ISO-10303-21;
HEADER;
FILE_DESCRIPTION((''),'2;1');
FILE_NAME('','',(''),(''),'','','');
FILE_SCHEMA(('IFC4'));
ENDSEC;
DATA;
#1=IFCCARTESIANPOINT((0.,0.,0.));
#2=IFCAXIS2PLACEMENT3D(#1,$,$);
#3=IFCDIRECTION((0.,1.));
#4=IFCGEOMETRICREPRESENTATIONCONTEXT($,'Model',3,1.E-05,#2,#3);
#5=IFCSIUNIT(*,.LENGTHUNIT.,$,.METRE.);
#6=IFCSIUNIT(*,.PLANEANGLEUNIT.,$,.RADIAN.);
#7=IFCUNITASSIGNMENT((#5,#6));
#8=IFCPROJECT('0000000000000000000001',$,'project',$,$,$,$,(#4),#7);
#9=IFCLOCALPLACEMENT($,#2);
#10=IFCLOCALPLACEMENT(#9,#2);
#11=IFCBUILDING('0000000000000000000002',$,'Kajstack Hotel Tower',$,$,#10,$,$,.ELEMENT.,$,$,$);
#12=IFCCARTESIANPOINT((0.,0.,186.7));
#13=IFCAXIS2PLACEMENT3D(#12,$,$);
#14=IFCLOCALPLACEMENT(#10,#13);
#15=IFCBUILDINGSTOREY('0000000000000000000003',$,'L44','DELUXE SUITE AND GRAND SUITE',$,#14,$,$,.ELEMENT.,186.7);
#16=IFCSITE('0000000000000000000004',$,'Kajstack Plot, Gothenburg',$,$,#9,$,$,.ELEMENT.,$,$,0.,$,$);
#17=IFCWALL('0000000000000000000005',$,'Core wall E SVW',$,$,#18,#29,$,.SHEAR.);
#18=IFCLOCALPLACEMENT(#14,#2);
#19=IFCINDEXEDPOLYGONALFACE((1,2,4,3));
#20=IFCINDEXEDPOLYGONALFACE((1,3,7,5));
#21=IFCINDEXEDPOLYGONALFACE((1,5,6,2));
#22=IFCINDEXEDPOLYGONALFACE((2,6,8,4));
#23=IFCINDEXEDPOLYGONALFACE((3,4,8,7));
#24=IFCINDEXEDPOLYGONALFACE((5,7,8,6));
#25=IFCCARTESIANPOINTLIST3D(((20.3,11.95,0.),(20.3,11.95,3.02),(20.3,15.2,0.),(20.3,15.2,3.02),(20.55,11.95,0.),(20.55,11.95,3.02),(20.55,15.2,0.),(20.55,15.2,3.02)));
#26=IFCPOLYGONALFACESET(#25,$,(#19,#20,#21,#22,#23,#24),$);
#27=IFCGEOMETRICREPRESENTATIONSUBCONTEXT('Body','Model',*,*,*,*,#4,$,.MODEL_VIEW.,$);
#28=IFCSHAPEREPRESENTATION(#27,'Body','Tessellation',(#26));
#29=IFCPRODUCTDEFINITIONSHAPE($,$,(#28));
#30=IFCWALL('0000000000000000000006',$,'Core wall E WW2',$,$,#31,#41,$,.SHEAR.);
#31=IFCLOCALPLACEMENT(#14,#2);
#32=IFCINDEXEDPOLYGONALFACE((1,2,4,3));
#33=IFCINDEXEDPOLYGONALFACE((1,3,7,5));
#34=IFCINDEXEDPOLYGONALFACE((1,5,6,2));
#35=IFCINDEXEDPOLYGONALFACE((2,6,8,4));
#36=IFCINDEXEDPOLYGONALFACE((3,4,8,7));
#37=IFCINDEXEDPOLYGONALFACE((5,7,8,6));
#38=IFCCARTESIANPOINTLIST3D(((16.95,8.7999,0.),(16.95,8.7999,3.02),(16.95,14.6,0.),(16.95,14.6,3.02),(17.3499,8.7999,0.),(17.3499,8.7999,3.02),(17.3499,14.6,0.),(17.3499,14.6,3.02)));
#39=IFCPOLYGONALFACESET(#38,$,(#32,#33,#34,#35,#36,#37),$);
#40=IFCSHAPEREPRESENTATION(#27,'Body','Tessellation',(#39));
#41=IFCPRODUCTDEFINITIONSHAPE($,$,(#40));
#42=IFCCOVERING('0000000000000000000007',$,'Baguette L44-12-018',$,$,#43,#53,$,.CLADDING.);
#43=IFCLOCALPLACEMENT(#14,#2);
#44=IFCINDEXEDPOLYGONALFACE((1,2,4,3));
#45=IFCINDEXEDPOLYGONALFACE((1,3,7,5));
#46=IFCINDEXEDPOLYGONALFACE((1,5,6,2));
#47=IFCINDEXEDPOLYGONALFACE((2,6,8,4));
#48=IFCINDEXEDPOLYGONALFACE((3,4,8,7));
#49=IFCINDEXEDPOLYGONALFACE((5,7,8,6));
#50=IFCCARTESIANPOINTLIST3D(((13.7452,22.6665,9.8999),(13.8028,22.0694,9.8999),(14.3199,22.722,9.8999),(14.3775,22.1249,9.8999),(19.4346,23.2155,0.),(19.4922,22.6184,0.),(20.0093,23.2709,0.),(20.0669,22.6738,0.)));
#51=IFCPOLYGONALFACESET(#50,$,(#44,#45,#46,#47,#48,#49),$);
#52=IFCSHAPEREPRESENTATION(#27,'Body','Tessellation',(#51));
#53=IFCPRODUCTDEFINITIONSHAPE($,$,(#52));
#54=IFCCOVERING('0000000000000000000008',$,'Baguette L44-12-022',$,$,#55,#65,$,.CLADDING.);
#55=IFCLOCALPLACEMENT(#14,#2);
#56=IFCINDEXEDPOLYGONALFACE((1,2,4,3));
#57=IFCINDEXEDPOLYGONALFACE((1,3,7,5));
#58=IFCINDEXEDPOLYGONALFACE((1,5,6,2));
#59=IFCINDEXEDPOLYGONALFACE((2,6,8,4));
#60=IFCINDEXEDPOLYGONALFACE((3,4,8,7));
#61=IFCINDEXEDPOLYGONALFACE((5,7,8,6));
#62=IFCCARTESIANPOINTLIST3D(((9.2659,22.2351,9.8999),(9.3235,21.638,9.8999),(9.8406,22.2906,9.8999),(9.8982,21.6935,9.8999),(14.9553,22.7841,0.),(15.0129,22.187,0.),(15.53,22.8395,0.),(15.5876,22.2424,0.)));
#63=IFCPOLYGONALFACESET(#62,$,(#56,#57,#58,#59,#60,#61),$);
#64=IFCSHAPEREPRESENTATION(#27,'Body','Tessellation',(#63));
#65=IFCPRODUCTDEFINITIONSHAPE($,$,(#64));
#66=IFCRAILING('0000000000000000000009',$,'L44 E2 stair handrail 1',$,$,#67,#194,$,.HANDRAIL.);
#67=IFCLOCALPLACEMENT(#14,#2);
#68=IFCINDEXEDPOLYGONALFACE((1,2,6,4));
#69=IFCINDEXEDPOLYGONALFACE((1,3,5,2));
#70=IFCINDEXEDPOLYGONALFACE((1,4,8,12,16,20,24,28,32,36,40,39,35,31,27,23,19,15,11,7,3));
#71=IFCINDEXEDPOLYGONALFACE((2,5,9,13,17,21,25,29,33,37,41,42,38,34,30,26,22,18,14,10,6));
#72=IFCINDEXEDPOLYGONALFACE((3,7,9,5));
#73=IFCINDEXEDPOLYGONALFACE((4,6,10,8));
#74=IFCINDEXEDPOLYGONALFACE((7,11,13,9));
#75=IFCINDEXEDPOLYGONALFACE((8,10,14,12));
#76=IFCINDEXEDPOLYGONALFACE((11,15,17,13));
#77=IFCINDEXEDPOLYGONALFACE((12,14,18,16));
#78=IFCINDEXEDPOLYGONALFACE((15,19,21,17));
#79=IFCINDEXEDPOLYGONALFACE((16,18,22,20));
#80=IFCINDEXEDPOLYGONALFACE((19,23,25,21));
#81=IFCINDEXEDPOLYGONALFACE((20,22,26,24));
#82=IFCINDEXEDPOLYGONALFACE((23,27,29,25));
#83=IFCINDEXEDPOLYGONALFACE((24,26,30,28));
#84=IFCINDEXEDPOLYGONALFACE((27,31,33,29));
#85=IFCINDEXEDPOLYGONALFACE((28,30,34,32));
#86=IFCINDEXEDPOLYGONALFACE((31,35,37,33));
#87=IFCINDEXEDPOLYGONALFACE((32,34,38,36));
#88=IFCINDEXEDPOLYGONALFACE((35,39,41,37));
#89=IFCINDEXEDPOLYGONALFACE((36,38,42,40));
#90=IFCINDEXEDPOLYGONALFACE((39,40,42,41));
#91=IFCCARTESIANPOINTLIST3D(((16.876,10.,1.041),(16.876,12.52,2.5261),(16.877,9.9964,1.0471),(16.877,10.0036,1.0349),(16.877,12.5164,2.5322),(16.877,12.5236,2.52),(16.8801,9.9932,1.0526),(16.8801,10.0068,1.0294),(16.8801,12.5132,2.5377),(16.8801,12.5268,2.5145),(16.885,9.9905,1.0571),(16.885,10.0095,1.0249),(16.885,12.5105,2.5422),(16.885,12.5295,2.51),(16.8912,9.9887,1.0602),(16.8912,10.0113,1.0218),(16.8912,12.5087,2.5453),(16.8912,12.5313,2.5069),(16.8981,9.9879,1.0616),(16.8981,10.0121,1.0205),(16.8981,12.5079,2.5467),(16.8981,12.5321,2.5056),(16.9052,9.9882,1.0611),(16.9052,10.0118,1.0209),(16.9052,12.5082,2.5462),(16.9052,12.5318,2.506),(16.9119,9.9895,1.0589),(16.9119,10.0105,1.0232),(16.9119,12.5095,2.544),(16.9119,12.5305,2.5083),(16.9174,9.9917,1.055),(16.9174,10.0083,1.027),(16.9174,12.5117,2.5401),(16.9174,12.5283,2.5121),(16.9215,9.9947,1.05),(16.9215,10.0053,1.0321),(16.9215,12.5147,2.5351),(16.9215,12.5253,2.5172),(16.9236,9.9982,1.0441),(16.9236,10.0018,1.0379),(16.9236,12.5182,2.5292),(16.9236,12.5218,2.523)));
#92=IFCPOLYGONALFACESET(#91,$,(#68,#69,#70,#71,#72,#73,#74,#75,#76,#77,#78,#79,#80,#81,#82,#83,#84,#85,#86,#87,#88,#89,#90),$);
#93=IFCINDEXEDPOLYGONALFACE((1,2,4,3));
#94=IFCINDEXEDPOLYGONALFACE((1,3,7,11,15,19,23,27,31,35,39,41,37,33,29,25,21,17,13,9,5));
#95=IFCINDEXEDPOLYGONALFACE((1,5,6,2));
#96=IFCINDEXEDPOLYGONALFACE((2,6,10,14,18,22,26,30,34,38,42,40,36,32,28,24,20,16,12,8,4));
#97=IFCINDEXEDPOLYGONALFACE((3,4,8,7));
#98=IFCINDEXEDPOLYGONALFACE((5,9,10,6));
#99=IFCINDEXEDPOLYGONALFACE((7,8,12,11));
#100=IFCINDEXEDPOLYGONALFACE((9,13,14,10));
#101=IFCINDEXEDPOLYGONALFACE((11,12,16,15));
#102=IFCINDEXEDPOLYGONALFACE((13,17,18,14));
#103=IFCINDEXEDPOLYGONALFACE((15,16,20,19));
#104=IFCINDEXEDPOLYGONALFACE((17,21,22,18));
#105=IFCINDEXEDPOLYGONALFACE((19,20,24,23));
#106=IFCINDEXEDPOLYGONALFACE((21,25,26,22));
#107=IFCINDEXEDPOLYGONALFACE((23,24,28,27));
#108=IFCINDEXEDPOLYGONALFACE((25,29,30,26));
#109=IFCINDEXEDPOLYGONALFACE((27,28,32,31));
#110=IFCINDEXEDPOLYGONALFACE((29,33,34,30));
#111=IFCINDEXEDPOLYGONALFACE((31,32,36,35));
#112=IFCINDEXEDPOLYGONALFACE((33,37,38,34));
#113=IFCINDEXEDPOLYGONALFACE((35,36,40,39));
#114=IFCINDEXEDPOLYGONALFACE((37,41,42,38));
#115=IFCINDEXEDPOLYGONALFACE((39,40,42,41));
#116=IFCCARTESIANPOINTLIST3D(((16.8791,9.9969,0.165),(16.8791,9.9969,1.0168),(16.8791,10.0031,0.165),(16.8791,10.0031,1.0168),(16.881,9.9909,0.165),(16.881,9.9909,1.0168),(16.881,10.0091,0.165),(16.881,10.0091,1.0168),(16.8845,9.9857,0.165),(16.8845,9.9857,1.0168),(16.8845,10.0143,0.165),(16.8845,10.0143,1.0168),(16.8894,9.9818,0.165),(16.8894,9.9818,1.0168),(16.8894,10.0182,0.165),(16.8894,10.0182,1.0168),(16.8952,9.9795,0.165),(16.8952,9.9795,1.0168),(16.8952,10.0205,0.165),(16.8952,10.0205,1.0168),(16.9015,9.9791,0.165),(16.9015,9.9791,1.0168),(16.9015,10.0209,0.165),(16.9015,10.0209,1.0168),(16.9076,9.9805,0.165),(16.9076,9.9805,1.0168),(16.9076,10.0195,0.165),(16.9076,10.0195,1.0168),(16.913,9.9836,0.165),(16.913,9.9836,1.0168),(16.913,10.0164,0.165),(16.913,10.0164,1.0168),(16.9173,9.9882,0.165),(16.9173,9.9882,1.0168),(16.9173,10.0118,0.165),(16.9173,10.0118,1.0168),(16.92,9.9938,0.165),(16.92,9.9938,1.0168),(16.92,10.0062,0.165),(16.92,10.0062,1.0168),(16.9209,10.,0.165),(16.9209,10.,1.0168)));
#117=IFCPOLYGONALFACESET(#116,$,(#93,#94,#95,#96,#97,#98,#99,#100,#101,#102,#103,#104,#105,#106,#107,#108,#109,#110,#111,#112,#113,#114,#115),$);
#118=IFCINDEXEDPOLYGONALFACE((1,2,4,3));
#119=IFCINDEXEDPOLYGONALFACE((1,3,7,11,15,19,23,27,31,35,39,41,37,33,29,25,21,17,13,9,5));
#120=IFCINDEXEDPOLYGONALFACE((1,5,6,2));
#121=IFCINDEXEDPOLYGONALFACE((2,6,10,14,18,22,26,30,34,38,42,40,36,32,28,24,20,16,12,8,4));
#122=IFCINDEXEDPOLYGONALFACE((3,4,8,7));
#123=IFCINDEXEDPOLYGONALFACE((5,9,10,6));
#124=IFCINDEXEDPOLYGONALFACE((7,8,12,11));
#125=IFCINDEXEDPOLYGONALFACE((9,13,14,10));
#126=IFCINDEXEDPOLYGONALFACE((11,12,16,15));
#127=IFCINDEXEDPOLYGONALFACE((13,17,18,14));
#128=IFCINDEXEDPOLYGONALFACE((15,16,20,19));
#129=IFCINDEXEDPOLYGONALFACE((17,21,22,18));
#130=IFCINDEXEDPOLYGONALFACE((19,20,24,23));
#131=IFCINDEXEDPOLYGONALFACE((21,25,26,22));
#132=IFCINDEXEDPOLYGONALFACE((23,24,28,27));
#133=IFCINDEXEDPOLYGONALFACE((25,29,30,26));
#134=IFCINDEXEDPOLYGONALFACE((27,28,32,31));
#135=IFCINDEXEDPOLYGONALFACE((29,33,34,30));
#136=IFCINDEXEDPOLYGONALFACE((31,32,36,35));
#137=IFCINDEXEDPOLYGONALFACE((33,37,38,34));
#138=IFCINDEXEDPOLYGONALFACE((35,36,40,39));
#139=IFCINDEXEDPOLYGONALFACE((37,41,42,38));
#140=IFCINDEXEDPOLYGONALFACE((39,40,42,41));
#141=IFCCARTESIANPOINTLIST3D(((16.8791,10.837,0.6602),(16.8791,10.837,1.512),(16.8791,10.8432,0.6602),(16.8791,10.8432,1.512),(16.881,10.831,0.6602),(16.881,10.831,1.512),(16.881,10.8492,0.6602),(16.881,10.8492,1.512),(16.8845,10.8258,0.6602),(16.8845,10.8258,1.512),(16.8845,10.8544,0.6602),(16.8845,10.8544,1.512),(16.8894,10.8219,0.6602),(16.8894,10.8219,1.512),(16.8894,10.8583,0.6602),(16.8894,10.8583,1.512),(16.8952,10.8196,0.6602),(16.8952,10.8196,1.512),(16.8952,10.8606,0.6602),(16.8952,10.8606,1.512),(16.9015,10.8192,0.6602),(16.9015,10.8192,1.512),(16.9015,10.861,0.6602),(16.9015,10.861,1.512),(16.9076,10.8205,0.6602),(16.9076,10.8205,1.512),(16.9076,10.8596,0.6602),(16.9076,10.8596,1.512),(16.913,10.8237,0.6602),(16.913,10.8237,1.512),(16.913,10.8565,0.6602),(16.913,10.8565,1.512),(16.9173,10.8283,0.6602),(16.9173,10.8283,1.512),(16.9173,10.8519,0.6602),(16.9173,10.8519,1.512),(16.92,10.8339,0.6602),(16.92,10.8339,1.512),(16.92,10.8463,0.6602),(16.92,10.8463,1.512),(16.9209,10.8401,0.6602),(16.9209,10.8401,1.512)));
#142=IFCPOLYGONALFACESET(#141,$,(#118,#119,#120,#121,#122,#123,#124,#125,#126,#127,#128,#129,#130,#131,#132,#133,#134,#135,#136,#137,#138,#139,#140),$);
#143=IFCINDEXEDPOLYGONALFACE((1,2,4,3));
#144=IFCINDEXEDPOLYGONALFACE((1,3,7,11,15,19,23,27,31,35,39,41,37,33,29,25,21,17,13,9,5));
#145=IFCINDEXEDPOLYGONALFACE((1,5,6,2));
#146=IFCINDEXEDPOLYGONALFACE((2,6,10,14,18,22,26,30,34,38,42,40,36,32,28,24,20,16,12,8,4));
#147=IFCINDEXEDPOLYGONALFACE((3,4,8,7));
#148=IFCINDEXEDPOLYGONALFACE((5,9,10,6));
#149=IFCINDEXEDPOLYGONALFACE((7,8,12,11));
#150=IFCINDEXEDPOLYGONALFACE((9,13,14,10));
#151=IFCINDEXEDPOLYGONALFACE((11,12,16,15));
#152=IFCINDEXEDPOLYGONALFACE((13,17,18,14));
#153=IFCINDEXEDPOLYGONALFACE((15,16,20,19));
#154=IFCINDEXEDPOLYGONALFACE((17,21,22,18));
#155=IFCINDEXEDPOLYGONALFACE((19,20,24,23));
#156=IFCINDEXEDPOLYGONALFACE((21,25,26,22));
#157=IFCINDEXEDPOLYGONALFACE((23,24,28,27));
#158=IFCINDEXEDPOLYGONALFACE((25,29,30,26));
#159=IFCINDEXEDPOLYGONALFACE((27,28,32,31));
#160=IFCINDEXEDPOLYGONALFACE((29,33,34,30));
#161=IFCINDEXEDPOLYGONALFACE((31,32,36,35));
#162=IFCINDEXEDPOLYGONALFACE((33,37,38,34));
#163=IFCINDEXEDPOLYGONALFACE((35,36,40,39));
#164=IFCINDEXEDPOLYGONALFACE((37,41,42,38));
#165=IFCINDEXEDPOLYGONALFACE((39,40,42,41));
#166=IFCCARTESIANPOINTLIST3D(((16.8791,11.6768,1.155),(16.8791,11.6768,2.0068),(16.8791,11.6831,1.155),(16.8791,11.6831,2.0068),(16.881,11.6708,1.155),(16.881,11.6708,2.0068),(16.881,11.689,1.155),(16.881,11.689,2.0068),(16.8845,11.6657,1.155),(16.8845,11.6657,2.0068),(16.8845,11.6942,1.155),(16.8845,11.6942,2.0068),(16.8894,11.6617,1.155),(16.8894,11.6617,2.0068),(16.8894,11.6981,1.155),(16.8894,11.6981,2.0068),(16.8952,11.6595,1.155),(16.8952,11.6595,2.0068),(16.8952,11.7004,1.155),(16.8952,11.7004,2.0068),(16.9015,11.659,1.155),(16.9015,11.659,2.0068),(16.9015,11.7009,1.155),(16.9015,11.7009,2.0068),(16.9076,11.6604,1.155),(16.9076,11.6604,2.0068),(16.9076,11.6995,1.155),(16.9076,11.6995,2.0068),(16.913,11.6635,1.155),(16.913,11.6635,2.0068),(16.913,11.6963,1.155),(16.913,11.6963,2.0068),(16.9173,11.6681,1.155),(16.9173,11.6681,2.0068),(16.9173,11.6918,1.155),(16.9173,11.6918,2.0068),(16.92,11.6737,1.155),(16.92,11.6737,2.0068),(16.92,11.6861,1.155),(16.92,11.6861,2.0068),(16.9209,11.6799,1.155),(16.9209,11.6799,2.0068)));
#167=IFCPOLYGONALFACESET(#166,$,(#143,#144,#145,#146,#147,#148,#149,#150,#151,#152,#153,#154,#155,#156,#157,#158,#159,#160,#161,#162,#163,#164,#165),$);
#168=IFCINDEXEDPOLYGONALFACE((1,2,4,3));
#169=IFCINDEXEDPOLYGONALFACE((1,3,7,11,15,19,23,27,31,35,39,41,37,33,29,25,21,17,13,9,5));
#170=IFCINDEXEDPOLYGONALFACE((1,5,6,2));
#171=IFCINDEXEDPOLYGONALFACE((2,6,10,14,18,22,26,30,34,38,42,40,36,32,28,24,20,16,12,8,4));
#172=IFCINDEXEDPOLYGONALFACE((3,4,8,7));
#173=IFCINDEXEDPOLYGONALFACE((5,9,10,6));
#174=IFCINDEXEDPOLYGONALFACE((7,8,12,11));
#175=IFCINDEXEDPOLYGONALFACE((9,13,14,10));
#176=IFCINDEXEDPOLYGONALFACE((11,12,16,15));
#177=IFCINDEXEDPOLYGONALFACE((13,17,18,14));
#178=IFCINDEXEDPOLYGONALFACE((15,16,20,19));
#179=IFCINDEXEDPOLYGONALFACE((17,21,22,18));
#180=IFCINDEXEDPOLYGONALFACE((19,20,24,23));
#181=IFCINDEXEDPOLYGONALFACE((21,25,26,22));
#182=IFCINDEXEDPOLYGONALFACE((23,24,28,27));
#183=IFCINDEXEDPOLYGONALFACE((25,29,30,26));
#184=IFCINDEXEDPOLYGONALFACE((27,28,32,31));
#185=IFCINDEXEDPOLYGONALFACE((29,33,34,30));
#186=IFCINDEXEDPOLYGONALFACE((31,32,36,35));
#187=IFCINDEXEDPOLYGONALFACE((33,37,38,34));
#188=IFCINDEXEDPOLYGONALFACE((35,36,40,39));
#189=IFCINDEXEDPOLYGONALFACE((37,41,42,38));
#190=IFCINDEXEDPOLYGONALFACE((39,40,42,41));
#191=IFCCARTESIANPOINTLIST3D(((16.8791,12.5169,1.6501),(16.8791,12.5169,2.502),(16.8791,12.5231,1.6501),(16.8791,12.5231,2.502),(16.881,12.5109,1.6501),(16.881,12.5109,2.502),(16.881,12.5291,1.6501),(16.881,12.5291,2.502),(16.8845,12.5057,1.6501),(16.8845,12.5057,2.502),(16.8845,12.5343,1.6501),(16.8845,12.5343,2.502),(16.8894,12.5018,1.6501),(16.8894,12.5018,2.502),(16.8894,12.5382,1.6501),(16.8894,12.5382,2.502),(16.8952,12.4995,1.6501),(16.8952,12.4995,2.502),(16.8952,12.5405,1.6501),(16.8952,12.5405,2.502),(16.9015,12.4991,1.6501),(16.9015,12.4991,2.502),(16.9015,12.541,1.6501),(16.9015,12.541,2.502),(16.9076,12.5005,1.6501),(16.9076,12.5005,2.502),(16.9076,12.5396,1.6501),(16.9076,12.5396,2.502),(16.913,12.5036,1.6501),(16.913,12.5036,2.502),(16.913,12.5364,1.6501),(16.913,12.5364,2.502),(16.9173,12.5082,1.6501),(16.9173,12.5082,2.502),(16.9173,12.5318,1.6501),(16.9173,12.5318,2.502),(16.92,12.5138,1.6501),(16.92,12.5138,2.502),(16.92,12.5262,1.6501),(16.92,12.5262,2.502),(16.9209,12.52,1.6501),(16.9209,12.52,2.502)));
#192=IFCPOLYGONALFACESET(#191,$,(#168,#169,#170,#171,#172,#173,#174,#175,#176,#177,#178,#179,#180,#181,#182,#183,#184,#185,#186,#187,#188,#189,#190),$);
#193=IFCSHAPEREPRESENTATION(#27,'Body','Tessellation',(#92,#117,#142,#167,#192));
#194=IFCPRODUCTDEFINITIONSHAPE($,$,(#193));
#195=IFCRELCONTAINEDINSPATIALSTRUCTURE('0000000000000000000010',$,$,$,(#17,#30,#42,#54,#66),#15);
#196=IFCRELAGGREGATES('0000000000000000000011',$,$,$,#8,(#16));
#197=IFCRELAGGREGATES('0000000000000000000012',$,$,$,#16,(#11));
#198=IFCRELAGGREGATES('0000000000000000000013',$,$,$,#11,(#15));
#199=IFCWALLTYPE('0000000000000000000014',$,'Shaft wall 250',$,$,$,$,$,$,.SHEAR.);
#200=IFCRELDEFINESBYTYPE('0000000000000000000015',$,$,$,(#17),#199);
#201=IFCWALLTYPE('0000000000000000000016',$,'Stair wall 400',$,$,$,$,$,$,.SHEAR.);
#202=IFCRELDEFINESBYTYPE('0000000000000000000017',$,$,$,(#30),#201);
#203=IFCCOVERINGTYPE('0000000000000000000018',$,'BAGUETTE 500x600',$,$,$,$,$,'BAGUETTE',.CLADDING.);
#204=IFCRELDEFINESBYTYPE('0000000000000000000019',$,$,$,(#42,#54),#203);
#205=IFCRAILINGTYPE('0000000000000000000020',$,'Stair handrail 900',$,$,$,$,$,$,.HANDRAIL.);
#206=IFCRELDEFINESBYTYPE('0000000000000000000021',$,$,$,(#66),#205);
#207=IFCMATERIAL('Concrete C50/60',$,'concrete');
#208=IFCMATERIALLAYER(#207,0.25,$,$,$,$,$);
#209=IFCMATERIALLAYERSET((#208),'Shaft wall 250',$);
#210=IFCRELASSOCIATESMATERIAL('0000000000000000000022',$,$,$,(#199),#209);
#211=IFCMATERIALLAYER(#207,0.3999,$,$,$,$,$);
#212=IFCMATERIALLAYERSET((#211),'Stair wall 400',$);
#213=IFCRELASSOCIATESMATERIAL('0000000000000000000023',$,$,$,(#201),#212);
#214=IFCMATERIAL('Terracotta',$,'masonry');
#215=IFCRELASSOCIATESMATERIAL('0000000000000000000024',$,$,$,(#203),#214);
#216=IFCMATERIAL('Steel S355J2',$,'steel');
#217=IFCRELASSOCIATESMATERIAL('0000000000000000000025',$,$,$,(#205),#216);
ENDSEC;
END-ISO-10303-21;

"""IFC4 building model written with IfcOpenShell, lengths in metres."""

from ifc_helpers import new_model, si_unit, direction, frame, frame_2d, origin, origin_2d, place, context, subcontext, project, spatial, polyline, rectangle, circle, outline, extrude, material, layer, layer_set, material_profile, profile_set, type_object, element, save


model = new_model("IFC4")

# Units and contexts
model_context = context("Model", 3, precision=1e-05, world=origin(), true_north=direction((0.0, 1.0)))
body_context = subcontext(model_context, "Body", "Model", "MODEL_VIEW")
ifc_project = project(units=[si_unit("LENGTHUNIT", "METRE"), si_unit("PLANEANGLEUNIT", "RADIAN")], contexts=[model_context])

# Site, building, storey
site_placement = place(None, origin())
site = spatial("IfcSite", under=ifc_project, at=site_placement, Name="Kajstack Plot, Gothenburg", CompositionType="ELEMENT", RefElevation=0.0)
building_placement = place(site_placement, origin())
building = spatial("IfcBuilding", under=site, at=building_placement, Name="Kajstack Hotel Tower", CompositionType="ELEMENT")
storey_placement = place(building_placement, frame((0.0, 0.0, 186.7)))
storey = spatial("IfcBuildingStorey", under=building, at=storey_placement, Name="L44", Description="DELUXE SUITE AND GRAND SUITE", CompositionType="ELEMENT", Elevation=186.7)

# Shared definitions
ifc_material_1 = material(Name="Concrete C50/60", Category="concrete")

# Shared definitions
ifc_layer_1 = layer(ifc_material_1, 0.25)
ifc_layer_set_1 = layer_set([ifc_layer_1], Name="Shaft wall 250")
wall_type_1 = type_object("IfcWallType", Name="Shaft wall 250", PredefinedType="SHEAR", material=ifc_layer_set_1)

# Walls
wall_1_placement = place(storey_placement, frame((20.425, 11.95, 0.0), z_axis=(0.0, 0.0, 1.0), x_axis=(0.0, 1.0, 0.0)))
element("IfcWall", 1, at=wall_1_placement, inside=storey, type_object=wall_type_1, Name="Core wall E SVW", PredefinedType="SHEAR", context=body_context, shape_type="SweptSolid", body=[
    extrude(rectangle(XDim=3.25, YDim=0.25, at=frame_2d((1.625, 0.0))), origin(), (0.0, 0.0, 1.0), 3.02),
])
ifc_layer_2 = layer(ifc_material_1, 0.3999)
ifc_layer_set_2 = layer_set([ifc_layer_2], Name="Stair wall 400")
wall_type_2 = type_object("IfcWallType", Name="Stair wall 400", PredefinedType="SHEAR", material=ifc_layer_set_2)
wall_2_placement = place(storey_placement, frame((17.1499, 8.8, 0.0), z_axis=(0.0, 0.0, 1.0), x_axis=(0.0, 1.0, 0.0)))
element("IfcWall", 2, at=wall_2_placement, inside=storey, type_object=wall_type_2, Name="Core wall E WW2", PredefinedType="SHEAR", context=body_context, shape_type="SweptSolid", body=[
    extrude(rectangle(XDim=5.8, YDim=0.3999, at=frame_2d((2.8999, 0.0))), origin(), (0.0, 0.0, 1.0), 3.02),
])

# Coverings
ifc_material_2 = material(Name="Terracotta", Category="masonry")
ifc_material_profile = material_profile(ifc_material_2, rectangle(XDim=0.6001, YDim=0.5, at=origin_2d()), Name="Terracotta-clad concrete baguette 500 x 600")
ifc_profile_set = profile_set([ifc_material_profile], Name="Terracotta")
covering_type = type_object("IfcCoveringType", Name="BAGUETTE 500x600", ElementType="BAGUETTE", PredefinedType="CLADDING", material=ifc_profile_set)
for number, where, z_axis, x_axis, name in (
    (3, (20.0669, 22.6738, 0.0), (-0.096038, 0.995378, 0.0), (-0.995378, -0.096038, 0.0), "Baguette L44-12-018"),
    (4, (15.5876, 22.2424, 0.0), (-0.096038, 0.995378, 0.0), (-0.995378, -0.096038, 0.0), "Baguette L44-12-022"),
):
    element("IfcCovering", number, at=place(storey_placement, frame(where, z_axis=z_axis, x_axis=x_axis)), inside=storey, type_object=covering_type, Name=name, PredefinedType="CLADDING", context=body_context, shape_type="SweptSolid", body=[
        extrude(outline(polyline([(5.7158, 9.8999), (0.0, 0.0), (0.5774, 0.0), (6.2932, 9.8999), (5.7158, 9.8999)])), origin(), (0.0, 0.0, 1.0), 0.5999),
    ])

# Railing
ifc_material_3 = material(Name="Steel S355J2", Category="steel")
railing_type_1 = type_object("IfcRailingType", Name="Stair handrail 900", PredefinedType="HANDRAIL", material=ifc_material_3)
railing_1_placement = place(storey_placement, frame((16.8999, 10.0, 0.165)))
element("IfcRailing", 5, at=railing_1_placement, inside=storey, type_object=railing_type_1, Name="L44 E2 stair handrail 1", PredefinedType="HANDRAIL", context=body_context, shape_type="SweptSolid", body=[
    extrude(circle(Radius=0.0239, at=origin_2d()), frame((0.0, 0.0, 0.876), z_axis=(0.0, 0.861524, 0.507717), x_axis=(-1.0, 0.0, 0.0)), (0.0, 0.0, 1.0), 2.925),
    extrude(circle(Radius=0.021, at=origin_2d()), origin(), (0.0, 0.0, 1.0), 0.8518),
    extrude(circle(Radius=0.021, at=origin_2d()), frame((0.0, 0.8401, 0.4951)), (0.0, 0.0, 1.0), 0.8518),
    extrude(circle(Radius=0.021, at=origin_2d()), frame((0.0, 1.6799, 0.99)), (0.0, 0.0, 1.0), 0.8518),
    extrude(circle(Radius=0.021, at=origin_2d()), frame((0.0, 2.52, 1.4851)), (0.0, 0.0, 1.0), 0.8518),
])

save(model, "model.ifc")
